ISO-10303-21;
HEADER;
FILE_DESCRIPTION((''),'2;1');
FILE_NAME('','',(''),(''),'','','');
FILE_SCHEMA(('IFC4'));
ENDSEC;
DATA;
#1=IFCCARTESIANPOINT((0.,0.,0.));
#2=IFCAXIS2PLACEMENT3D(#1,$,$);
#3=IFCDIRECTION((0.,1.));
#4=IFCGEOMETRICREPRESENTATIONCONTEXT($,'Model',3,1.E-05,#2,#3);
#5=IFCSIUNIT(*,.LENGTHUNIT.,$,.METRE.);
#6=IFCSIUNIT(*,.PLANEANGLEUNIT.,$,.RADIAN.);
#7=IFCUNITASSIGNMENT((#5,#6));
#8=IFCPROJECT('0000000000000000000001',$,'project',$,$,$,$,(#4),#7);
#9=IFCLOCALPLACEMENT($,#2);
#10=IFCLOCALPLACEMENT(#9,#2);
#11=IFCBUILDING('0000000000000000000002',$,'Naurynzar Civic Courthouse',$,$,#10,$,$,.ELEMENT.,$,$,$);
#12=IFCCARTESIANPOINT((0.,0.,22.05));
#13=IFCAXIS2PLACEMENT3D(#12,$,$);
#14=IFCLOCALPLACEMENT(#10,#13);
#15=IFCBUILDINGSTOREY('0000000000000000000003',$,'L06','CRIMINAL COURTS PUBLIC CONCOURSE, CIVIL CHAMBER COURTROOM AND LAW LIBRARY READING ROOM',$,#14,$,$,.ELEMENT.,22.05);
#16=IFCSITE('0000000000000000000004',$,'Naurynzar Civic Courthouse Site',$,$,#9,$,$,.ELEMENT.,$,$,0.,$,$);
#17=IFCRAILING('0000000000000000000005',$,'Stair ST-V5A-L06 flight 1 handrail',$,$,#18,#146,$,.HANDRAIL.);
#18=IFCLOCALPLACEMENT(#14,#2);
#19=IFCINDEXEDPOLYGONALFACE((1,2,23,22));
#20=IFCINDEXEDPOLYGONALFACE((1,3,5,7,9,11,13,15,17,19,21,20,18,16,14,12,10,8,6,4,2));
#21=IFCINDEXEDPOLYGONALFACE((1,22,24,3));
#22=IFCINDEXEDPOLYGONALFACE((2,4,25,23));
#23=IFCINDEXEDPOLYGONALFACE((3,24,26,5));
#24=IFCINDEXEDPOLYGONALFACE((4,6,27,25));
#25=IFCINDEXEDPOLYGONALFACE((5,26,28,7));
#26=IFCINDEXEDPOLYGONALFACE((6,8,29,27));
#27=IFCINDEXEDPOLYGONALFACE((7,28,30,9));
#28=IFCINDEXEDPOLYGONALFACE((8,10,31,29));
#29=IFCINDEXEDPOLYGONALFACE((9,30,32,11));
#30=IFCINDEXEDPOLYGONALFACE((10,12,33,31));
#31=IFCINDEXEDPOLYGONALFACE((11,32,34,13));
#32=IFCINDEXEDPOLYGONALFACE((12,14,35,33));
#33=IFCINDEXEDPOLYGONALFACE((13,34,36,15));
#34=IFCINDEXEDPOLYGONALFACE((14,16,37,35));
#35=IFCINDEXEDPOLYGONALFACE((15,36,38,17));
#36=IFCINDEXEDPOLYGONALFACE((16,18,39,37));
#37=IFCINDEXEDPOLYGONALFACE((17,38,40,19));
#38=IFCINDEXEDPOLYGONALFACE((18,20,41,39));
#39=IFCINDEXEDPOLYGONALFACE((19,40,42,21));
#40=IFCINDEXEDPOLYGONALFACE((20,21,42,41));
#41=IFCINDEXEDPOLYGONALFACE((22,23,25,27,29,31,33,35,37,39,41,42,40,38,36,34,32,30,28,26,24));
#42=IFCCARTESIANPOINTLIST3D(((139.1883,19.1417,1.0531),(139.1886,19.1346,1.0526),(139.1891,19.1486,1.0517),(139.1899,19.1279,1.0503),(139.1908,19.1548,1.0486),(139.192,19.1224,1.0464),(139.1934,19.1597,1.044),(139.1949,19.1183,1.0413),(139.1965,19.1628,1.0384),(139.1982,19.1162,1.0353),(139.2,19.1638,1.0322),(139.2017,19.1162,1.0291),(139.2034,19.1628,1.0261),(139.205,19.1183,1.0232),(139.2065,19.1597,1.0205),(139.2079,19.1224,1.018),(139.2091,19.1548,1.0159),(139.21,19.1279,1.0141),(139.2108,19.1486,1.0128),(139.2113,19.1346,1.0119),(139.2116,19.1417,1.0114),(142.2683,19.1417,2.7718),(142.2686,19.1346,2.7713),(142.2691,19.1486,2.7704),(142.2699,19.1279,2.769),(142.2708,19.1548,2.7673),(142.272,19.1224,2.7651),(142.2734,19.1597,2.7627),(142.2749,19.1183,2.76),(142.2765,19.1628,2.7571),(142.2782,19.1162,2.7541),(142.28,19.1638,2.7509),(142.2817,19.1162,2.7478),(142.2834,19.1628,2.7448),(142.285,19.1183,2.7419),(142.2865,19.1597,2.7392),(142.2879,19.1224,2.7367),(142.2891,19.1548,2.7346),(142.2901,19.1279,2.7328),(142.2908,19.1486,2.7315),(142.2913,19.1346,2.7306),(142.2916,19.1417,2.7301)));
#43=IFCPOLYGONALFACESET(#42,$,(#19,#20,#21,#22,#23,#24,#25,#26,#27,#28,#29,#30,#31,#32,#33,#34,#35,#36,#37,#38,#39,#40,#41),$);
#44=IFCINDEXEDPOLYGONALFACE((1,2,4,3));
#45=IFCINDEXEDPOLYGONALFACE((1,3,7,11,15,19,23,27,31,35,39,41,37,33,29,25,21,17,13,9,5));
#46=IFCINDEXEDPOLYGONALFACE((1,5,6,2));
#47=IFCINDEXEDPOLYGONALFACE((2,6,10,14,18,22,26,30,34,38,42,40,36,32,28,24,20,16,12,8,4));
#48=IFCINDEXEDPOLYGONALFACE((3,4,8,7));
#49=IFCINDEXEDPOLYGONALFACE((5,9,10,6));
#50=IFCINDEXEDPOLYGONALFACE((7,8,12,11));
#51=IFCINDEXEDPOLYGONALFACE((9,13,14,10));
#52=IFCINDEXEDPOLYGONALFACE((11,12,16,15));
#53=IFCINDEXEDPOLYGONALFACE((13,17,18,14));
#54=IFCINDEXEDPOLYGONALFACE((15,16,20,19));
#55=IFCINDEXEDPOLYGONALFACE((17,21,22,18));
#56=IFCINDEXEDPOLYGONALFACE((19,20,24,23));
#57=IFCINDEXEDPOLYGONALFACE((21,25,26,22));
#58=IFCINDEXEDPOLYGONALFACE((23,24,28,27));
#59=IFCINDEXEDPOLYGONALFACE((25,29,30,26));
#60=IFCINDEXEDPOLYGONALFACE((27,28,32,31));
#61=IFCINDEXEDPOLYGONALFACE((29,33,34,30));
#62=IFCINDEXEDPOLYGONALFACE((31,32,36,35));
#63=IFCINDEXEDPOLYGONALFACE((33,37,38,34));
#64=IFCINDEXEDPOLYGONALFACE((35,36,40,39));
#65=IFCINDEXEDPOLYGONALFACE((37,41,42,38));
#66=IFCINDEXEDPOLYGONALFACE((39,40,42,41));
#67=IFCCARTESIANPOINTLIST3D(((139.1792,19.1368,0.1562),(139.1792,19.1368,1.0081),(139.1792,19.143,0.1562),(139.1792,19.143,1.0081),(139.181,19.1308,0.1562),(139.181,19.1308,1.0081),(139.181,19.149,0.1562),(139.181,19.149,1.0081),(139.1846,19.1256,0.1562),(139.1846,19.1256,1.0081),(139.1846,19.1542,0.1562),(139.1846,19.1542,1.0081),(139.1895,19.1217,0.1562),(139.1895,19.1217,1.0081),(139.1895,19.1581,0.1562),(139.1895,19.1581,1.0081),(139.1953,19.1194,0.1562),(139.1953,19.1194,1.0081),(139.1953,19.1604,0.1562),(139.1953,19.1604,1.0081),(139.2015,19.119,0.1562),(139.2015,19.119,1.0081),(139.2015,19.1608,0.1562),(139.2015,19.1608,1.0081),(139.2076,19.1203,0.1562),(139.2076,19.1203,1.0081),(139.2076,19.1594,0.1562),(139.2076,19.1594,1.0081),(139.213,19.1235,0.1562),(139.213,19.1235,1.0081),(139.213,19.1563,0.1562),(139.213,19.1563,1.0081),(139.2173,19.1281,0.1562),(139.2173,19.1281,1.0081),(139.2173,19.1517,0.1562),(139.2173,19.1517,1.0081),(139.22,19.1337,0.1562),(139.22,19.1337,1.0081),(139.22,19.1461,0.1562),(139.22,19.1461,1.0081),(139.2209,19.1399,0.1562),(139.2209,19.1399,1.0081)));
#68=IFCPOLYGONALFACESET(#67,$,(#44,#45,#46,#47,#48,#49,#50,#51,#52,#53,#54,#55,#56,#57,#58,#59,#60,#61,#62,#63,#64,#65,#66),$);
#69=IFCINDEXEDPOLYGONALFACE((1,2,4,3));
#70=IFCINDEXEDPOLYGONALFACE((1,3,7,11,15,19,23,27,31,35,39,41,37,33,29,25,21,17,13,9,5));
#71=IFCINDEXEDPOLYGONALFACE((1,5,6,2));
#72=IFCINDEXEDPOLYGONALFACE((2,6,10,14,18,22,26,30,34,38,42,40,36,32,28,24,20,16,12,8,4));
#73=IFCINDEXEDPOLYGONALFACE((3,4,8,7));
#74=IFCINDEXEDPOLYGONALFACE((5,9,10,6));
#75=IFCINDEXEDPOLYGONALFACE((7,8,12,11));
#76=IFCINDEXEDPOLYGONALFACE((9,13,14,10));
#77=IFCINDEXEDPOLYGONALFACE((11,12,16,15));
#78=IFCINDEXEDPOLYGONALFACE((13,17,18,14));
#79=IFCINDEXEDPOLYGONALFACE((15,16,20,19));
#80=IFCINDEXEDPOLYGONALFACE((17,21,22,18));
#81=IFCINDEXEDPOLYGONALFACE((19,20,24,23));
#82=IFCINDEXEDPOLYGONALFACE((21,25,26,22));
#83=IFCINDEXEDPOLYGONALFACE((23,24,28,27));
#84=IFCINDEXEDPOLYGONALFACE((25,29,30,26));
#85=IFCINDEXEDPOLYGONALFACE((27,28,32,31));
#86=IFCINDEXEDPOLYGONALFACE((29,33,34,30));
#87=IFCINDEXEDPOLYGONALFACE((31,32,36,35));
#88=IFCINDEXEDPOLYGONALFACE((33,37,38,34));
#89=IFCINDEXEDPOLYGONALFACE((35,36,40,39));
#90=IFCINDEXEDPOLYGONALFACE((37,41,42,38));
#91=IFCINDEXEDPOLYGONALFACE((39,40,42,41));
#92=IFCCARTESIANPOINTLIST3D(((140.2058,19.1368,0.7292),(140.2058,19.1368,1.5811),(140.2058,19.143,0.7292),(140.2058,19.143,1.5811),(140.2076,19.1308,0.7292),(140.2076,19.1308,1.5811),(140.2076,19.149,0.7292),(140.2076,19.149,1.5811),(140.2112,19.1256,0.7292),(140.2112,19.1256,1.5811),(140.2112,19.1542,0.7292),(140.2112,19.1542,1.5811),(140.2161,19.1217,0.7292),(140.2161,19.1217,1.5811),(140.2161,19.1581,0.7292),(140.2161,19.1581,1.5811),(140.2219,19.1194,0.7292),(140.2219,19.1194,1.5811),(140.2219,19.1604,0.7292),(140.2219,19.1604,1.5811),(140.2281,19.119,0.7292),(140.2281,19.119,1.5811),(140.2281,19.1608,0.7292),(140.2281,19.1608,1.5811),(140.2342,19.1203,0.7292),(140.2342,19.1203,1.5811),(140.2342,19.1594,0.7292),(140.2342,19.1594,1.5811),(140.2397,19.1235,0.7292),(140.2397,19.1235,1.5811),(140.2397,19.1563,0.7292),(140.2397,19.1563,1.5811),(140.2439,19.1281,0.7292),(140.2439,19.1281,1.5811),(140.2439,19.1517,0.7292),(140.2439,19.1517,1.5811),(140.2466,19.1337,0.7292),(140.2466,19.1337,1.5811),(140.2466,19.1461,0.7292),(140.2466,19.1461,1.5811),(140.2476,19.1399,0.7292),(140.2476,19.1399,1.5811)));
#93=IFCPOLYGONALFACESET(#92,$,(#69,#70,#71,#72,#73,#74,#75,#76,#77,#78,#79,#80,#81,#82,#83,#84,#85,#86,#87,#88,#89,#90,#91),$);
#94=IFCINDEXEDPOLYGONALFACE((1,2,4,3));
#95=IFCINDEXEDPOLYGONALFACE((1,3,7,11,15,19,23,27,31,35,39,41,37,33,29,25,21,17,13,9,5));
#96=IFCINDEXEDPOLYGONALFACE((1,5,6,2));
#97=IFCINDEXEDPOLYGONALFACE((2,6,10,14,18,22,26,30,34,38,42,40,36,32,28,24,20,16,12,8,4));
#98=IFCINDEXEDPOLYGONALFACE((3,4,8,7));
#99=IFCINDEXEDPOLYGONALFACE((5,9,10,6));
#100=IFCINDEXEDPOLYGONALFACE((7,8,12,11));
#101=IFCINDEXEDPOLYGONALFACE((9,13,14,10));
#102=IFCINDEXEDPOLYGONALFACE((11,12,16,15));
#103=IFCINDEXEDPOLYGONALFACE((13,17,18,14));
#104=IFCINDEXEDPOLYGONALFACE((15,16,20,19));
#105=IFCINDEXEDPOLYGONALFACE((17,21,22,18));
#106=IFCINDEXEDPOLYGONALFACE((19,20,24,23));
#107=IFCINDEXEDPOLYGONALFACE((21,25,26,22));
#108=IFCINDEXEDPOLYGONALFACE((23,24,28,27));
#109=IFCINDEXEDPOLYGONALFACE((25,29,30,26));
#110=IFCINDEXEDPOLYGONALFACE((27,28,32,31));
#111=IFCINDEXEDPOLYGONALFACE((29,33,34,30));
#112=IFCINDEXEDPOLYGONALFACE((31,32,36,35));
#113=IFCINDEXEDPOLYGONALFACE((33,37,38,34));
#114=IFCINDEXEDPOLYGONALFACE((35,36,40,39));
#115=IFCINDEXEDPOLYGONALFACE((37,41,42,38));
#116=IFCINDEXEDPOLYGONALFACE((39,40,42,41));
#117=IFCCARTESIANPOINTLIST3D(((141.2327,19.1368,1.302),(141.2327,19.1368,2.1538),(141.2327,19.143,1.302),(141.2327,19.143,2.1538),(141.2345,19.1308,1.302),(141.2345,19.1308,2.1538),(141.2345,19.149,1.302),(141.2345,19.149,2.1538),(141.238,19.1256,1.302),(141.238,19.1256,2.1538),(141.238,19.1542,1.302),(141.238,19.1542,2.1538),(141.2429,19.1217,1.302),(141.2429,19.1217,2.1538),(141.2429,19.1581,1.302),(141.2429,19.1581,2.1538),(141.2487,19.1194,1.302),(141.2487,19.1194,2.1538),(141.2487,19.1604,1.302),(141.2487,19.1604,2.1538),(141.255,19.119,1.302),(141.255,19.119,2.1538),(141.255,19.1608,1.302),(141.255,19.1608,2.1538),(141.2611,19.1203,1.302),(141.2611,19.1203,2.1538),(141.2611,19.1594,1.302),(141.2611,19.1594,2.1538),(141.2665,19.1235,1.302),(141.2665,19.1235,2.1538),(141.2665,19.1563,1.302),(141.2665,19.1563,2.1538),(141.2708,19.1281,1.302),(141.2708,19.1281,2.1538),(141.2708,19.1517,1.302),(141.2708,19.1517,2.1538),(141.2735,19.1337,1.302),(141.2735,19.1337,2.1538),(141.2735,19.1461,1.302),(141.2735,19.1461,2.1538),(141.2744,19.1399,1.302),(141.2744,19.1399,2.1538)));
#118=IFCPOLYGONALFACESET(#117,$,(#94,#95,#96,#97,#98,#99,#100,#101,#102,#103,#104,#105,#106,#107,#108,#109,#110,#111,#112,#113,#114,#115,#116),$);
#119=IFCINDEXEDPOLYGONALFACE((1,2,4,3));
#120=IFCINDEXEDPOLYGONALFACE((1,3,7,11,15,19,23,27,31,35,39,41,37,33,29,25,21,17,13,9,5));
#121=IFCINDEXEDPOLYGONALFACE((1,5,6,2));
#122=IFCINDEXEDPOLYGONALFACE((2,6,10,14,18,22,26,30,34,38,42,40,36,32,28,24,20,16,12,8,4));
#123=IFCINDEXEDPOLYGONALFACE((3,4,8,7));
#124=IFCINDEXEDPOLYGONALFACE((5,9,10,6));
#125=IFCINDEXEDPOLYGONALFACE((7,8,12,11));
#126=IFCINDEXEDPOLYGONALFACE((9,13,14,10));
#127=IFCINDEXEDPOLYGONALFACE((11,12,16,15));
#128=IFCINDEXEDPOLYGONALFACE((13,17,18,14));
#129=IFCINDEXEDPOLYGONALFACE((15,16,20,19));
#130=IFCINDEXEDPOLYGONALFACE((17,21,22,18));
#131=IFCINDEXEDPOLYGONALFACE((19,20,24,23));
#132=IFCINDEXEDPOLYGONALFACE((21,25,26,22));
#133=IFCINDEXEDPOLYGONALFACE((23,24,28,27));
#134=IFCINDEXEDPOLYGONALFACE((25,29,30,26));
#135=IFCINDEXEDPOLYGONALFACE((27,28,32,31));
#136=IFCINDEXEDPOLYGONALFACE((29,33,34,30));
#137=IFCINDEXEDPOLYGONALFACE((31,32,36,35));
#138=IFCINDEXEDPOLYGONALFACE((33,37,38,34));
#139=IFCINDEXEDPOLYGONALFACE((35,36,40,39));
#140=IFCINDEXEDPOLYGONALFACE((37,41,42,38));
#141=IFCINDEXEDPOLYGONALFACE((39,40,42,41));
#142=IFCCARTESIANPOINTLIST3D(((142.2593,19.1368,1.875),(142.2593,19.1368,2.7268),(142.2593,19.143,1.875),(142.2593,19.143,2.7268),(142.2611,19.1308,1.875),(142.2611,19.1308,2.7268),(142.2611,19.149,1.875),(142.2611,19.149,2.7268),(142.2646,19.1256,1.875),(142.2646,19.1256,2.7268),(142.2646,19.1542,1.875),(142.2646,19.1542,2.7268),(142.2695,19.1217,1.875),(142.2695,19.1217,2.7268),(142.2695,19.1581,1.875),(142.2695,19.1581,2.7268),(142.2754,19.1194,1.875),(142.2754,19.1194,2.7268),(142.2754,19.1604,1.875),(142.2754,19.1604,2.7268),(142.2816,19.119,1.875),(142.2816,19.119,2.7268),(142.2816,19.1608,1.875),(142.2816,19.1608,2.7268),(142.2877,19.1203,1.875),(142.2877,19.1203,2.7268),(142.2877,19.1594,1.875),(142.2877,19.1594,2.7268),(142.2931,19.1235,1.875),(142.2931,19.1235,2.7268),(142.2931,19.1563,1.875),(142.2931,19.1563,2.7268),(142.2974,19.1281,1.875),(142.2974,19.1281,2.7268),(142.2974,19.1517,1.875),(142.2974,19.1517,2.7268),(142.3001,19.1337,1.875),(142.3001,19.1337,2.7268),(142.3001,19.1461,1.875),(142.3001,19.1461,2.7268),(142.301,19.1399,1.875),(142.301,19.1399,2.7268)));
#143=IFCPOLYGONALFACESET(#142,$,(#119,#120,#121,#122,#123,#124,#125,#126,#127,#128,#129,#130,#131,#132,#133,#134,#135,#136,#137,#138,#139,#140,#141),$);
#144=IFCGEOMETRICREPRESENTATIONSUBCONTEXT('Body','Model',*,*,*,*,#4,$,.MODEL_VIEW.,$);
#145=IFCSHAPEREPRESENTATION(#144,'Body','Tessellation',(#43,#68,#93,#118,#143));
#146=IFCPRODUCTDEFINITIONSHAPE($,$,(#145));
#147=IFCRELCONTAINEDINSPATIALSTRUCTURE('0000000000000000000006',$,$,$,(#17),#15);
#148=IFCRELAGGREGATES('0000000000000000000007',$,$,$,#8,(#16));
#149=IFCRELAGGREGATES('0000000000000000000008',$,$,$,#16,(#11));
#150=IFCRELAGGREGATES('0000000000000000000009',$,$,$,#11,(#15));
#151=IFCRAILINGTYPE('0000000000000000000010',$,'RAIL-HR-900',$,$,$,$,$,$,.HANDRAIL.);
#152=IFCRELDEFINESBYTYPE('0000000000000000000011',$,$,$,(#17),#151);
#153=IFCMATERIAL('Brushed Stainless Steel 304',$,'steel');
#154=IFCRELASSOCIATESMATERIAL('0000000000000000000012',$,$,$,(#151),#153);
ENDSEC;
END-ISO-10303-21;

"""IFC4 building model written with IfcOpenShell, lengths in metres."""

from ifc_helpers import new_model, si_unit, direction, frame, origin, origin_2d, place, context, subcontext, project, spatial, circle, extrude, material, type_object, element, save


model = new_model("IFC4")

# Units and contexts
model_context = context("Model", 3, precision=1e-05, world=origin(), true_north=direction((0.0, 1.0)))
body_context = subcontext(model_context, "Body", "Model", "MODEL_VIEW")
ifc_project = project(units=[si_unit("LENGTHUNIT", "METRE"), si_unit("PLANEANGLEUNIT", "RADIAN")], contexts=[model_context])

# Site, building, storey
site_placement = place(None, origin())
site = spatial("IfcSite", under=ifc_project, at=site_placement, Name="Naurynzar Civic Courthouse Site", CompositionType="ELEMENT", RefElevation=0.0)
building_placement = place(site_placement, origin())
building = spatial("IfcBuilding", under=site, at=building_placement, Name="Naurynzar Civic Courthouse", CompositionType="ELEMENT")
storey_placement = place(building_placement, frame((0.0, 0.0, 22.05)))
storey = spatial("IfcBuildingStorey", under=building, at=storey_placement, Name="L06", Description="CRIMINAL COURTS PUBLIC CONCOURSE, CIVIL CHAMBER COURTROOM AND LAW LIBRARY READING ROOM", CompositionType="ELEMENT", Elevation=22.05)

# Railing
ifc_material_1 = material(Name="Brushed Stainless Steel 304", Category="steel")
railing_type_1 = type_object("IfcRailingType", Name="RAIL-HR-900", PredefinedType="HANDRAIL", material=ifc_material_1)
railing_1_placement = place(storey_placement, frame((139.2, 19.1399, 0.1562)))
element("IfcRailing", 1, at=railing_1_placement, inside=storey, type_object=railing_type_1, Name="Stair ST-V5A-L06 flight 1 handrail", PredefinedType="HANDRAIL", context=body_context, shape_type="SweptSolid", body=[
    extrude(circle(Radius=0.0239, at=origin_2d()), frame((0.0, 0.0, 0.876), z_axis=(0.873242, 0.0, 0.487288), x_axis=(0.0, 1.0, 0.0)), (0.0, 0.0, 1.0), 3.5271),
    extrude(circle(Radius=0.021, at=origin_2d()), origin(), (0.0, 0.0, 1.0), 0.8518),
    extrude(circle(Radius=0.021, at=origin_2d()), frame((1.0266, 0.0, 0.573)), (0.0, 0.0, 1.0), 0.8518),
    extrude(circle(Radius=0.021, at=origin_2d()), frame((2.0535, 0.0, 1.1458)), (0.0, 0.0, 1.0), 0.8518),
    extrude(circle(Radius=0.021, at=origin_2d()), frame((3.0801, 0.0, 1.7188)), (0.0, 0.0, 1.0), 0.8518),
])

save(model, "model.ifc")
